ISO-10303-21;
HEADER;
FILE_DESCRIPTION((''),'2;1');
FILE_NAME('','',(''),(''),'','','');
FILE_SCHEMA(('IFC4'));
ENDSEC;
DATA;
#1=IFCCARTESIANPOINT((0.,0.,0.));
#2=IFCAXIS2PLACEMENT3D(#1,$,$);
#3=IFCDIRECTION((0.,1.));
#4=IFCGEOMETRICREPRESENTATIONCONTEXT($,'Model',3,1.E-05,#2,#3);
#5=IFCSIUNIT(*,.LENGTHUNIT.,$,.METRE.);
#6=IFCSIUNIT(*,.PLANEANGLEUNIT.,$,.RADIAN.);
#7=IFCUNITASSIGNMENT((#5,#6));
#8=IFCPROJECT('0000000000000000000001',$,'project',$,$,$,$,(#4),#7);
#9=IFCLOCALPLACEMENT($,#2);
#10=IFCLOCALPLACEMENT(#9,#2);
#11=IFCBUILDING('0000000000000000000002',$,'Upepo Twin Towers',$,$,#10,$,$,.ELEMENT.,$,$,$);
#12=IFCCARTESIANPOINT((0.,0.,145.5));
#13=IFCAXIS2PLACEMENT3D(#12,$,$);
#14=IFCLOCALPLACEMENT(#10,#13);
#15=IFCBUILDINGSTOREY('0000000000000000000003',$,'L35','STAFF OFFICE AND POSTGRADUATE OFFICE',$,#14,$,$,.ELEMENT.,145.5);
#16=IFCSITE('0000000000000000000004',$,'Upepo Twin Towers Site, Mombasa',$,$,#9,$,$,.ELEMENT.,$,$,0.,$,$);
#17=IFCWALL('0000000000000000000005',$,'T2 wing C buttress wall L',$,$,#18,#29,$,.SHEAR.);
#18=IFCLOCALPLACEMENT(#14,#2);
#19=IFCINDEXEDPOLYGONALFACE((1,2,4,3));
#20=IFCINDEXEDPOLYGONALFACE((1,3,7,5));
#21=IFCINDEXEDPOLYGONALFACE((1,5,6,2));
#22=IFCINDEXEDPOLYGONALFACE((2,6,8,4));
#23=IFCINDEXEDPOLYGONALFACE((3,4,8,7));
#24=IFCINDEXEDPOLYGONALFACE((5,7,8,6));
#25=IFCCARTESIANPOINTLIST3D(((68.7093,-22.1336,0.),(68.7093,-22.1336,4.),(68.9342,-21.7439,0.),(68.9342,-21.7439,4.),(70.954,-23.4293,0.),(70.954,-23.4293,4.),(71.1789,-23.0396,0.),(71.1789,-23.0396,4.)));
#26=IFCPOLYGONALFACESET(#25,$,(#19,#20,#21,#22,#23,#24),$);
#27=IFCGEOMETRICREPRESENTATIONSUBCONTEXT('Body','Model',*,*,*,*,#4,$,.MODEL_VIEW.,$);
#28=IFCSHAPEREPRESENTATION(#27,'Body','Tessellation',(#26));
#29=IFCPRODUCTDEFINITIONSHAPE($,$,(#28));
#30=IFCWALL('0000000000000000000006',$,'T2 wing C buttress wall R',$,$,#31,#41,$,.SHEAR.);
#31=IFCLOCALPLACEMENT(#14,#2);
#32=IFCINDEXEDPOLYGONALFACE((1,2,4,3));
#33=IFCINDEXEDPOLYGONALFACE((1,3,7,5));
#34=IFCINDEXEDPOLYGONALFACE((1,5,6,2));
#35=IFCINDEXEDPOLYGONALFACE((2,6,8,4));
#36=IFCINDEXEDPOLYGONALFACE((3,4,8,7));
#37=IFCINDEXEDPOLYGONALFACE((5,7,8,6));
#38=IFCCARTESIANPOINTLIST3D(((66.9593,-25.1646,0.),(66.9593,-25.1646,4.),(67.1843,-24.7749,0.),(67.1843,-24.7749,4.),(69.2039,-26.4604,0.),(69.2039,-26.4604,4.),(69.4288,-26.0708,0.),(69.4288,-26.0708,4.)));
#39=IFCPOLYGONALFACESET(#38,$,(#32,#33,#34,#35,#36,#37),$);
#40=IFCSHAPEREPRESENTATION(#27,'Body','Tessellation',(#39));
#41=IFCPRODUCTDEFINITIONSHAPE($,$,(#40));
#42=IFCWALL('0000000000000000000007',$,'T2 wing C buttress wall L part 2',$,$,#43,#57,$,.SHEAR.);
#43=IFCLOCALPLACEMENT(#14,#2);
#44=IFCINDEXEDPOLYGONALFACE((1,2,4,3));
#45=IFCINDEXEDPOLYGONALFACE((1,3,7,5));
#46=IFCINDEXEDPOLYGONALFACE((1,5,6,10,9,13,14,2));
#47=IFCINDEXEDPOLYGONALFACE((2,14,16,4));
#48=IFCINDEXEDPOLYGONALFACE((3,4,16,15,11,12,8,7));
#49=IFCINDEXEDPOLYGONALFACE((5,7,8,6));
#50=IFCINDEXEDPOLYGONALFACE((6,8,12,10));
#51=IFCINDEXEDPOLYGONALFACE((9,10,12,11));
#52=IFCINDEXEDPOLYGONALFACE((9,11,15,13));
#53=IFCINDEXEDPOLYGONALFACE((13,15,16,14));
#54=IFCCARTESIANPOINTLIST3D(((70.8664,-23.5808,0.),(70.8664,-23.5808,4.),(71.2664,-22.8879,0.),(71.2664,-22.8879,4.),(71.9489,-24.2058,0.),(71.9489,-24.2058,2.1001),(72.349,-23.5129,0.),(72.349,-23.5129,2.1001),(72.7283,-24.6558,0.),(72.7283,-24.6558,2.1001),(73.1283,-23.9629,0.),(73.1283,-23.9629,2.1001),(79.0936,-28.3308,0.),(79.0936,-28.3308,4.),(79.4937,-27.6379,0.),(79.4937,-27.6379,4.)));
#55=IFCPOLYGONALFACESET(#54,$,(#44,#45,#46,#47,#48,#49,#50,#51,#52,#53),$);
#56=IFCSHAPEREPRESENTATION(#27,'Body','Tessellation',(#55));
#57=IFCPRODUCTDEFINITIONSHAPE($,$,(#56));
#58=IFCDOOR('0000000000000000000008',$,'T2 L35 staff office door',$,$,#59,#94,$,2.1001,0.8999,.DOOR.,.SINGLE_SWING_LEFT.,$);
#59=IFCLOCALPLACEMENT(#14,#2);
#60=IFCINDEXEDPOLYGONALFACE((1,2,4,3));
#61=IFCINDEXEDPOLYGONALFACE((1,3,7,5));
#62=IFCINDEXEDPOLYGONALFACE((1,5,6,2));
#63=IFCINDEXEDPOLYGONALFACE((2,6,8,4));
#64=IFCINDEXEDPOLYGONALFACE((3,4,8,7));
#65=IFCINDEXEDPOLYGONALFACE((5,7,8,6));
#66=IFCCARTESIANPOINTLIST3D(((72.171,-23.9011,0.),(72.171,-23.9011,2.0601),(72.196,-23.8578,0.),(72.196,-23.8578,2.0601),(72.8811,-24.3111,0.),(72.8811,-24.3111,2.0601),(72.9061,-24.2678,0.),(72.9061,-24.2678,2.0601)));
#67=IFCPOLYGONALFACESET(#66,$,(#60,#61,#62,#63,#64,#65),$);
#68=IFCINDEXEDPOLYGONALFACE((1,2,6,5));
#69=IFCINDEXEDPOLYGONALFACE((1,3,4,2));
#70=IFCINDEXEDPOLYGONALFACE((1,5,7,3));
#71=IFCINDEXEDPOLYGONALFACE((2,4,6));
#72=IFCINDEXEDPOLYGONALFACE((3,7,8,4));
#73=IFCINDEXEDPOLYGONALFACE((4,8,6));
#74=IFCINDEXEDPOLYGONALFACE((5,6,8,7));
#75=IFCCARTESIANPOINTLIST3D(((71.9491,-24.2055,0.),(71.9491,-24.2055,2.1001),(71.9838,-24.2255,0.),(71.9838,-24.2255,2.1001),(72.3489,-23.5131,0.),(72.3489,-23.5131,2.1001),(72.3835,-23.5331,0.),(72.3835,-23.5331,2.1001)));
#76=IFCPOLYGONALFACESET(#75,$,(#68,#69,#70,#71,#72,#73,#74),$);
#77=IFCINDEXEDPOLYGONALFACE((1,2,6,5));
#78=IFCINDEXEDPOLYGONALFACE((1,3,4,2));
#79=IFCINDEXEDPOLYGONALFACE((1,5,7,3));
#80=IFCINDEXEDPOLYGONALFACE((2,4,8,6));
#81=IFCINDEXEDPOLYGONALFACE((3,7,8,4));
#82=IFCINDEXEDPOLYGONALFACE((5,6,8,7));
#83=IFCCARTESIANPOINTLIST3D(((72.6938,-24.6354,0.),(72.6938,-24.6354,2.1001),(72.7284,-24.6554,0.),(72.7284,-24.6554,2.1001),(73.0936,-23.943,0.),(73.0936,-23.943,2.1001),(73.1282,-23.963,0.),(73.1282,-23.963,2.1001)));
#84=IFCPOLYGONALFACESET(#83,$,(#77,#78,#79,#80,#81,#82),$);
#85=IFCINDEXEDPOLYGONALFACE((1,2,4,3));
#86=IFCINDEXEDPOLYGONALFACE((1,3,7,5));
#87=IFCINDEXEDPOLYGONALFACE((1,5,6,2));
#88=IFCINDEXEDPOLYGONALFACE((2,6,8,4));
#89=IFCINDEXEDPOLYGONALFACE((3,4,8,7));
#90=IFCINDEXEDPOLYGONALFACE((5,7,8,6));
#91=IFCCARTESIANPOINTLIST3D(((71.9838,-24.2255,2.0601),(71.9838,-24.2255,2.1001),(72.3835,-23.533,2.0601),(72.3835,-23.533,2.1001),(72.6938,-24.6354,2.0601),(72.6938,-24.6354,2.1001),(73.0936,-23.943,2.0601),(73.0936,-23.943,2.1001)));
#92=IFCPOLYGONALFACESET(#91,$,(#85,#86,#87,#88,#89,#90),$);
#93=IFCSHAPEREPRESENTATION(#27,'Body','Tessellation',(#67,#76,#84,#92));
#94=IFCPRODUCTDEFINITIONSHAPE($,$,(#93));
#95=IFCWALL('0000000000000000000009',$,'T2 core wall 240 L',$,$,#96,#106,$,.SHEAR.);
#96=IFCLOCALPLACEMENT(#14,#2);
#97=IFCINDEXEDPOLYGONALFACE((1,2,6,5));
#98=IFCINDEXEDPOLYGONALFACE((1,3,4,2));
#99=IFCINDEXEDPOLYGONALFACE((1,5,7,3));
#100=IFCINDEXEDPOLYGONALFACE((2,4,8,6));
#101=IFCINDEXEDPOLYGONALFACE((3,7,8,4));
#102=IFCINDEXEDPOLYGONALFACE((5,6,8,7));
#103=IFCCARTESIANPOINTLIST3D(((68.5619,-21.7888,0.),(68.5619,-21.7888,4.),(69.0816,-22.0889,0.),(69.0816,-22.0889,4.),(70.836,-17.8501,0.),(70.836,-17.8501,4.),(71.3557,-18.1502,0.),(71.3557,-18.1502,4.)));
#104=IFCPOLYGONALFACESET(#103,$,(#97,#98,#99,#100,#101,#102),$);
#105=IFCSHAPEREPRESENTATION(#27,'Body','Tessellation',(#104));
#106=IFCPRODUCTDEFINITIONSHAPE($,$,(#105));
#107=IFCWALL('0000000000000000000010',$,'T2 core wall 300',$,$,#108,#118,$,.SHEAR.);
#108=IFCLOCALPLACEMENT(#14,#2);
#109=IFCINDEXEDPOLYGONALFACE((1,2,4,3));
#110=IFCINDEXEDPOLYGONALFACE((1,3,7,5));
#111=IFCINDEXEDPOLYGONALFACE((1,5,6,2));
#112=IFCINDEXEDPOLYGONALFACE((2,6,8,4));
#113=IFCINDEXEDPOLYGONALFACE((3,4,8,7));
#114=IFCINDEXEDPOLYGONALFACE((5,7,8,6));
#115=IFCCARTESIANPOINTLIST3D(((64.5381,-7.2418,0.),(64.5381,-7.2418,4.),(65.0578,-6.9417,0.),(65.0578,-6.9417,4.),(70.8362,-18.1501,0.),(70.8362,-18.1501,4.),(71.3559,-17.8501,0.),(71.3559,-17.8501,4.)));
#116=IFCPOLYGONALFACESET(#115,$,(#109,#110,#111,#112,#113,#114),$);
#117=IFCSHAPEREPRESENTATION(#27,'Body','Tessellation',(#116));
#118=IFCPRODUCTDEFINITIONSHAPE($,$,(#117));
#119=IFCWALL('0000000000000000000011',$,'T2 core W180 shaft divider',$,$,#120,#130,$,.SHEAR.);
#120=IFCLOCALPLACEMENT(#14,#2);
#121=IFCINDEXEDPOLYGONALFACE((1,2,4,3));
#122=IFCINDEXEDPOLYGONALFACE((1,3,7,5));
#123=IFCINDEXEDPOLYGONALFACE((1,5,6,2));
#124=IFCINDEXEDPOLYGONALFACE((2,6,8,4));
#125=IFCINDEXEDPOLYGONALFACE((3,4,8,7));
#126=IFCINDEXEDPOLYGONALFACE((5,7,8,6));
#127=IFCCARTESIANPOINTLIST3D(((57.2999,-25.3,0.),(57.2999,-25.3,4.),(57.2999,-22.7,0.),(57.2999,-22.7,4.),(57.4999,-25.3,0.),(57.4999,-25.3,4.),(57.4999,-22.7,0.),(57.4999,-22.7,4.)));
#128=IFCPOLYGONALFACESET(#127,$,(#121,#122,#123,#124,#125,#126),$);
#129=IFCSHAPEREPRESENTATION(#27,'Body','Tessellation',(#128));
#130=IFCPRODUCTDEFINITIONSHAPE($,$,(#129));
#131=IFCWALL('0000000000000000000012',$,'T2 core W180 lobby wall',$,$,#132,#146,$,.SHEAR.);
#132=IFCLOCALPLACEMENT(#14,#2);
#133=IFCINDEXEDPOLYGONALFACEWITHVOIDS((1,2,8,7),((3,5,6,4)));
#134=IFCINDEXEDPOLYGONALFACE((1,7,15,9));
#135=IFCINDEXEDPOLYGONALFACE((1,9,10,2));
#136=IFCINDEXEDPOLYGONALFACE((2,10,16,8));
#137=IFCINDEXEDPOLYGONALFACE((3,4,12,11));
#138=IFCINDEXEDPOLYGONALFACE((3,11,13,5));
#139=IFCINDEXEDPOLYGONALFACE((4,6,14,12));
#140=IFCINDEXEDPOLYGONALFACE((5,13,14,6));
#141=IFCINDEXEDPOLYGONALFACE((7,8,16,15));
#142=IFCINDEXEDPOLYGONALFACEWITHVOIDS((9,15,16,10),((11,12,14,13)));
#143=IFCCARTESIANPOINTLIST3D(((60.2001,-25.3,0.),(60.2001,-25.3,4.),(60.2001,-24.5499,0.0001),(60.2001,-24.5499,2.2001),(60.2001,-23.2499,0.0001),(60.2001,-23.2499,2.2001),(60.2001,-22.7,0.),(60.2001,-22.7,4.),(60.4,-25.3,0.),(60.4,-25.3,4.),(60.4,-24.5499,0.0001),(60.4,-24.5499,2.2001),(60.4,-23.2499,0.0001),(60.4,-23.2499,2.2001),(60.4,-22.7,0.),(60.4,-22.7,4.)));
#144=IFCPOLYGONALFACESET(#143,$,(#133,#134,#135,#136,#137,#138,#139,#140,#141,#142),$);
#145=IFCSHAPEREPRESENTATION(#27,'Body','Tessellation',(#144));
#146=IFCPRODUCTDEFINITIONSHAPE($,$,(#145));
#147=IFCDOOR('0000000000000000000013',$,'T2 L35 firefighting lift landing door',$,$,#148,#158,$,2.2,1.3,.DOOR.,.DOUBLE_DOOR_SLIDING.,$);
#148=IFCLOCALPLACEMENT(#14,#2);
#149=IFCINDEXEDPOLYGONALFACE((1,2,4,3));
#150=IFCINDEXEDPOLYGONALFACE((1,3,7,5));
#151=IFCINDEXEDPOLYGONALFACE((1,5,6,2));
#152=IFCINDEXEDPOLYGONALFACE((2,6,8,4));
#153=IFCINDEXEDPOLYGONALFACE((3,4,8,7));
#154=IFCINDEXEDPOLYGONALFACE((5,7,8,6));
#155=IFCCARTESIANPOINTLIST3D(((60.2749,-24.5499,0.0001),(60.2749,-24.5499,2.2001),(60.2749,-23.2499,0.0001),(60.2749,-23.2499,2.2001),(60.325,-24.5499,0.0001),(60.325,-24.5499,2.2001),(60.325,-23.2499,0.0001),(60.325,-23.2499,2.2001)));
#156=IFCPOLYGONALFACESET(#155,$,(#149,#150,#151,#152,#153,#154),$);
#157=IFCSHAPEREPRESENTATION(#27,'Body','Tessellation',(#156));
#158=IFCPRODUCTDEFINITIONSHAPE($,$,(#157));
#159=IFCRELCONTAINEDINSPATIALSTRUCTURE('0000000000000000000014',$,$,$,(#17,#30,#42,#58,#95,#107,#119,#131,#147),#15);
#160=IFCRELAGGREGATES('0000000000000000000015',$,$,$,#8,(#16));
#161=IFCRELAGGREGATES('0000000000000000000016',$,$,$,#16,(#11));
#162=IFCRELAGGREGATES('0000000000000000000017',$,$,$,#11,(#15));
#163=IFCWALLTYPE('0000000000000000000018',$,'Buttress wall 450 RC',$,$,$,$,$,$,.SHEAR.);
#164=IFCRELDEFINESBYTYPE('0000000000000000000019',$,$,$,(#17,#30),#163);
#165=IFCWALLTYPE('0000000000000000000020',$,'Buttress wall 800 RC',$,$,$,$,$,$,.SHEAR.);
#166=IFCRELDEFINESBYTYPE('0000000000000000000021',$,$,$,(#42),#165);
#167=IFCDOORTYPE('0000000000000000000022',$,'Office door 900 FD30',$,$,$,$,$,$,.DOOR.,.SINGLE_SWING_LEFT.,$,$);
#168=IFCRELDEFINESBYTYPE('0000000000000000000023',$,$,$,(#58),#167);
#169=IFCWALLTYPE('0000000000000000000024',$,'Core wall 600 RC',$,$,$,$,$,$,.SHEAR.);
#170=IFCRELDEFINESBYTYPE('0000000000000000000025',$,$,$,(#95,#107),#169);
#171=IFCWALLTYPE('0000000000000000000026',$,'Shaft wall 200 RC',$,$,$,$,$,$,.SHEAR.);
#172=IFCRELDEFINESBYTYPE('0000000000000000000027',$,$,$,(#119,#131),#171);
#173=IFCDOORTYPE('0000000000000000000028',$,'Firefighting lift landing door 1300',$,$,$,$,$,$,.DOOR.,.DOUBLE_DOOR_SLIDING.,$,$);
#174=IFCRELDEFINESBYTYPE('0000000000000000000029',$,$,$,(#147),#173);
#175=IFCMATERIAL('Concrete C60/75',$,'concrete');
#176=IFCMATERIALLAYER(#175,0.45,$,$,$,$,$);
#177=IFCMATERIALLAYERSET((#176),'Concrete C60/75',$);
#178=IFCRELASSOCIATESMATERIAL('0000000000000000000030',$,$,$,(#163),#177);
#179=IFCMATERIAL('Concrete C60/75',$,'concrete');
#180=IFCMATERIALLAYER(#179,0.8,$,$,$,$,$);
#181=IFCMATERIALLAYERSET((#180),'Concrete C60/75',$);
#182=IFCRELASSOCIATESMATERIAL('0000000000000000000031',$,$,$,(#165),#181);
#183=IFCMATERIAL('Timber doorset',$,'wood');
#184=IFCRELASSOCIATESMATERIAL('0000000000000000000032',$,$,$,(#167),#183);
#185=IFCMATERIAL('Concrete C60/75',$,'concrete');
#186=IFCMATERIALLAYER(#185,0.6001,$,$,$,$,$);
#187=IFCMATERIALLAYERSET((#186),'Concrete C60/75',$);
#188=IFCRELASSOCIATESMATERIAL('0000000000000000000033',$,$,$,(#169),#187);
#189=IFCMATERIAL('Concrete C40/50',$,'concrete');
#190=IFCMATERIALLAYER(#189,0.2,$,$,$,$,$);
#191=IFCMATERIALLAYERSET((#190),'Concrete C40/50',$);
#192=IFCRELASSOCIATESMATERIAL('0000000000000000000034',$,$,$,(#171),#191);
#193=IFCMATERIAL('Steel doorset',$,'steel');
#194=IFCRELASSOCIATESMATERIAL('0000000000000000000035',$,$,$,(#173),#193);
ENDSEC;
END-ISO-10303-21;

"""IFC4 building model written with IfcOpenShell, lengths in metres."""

from ifc_helpers import new_model, si_unit, direction, frame, frame_2d, origin, place, context, subcontext, project, spatial, rectangle, extrude, material, layer, layer_set, type_object, element, fill, save


model = new_model("IFC4")

# Units and contexts
model_context = context("Model", 3, precision=1e-05, world=origin(), true_north=direction((0.0, 1.0)))
body_context = subcontext(model_context, "Body", "Model", "MODEL_VIEW")
ifc_project = project(units=[si_unit("LENGTHUNIT", "METRE"), si_unit("PLANEANGLEUNIT", "RADIAN")], contexts=[model_context])

# Site, building, storey
site_placement = place(None, origin())
site = spatial("IfcSite", under=ifc_project, at=site_placement, Name="Upepo Twin Towers Site, Mombasa", CompositionType="ELEMENT", RefElevation=0.0)
building_placement = place(site_placement, origin())
building = spatial("IfcBuilding", under=site, at=building_placement, Name="Upepo Twin Towers", CompositionType="ELEMENT")
storey_placement = place(building_placement, frame((0.0, 0.0, 145.5)))
storey = spatial("IfcBuildingStorey", under=building, at=storey_placement, Name="L35", Description="STAFF OFFICE AND POSTGRADUATE OFFICE", CompositionType="ELEMENT", Elevation=145.5)

# Walls
ifc_material_1 = material(Name="Concrete C60/75", Category="concrete")
ifc_layer_1 = layer(ifc_material_1, 0.45)
ifc_layer_set_1 = layer_set([ifc_layer_1], Name="Concrete C60/75")
wall_type_1 = type_object("IfcWallType", Name="Buttress wall 450 RC", PredefinedType="SHEAR", material=ifc_layer_set_1)
for number, where, z_axis, x_axis, name in (
    (1, (68.8218, -21.9387, 0.0), (0.0, 0.0, 1.0), (0.866073, -0.499918, 0.0), "T2 wing C buttress wall L"),
    (2, (67.0718, -24.9697, 0.0), (0.0, 0.0, 1.0), (0.866032, -0.499989, 0.0), "T2 wing C buttress wall R"),
):
    element("IfcWall", number, at=place(storey_placement, frame(where, z_axis=z_axis, x_axis=x_axis)), inside=storey, type_object=wall_type_1, Name=name, PredefinedType="SHEAR", context=body_context, shape_type="SweptSolid", body=[
        extrude(rectangle(XDim=2.5918, YDim=0.45, at=frame_2d((1.2959, 0.0))), origin(), (0.0, 0.0, 1.0), 4.0),
    ])

# Wall, opening, door
ifc_material_2 = material(Name="Concrete C60/75", Category="concrete")
ifc_layer_2 = layer(ifc_material_2, 0.8)
ifc_layer_set_2 = layer_set([ifc_layer_2], Name="Concrete C60/75")
wall_type_2 = type_object("IfcWallType", Name="Buttress wall 800 RC", PredefinedType="SHEAR", material=ifc_layer_set_2)
wall_1_placement = place(storey_placement, frame((71.0664, -23.2344, 0.0), z_axis=(0.0, 0.0, 1.0), x_axis=(0.866027, -0.499998, 0.0)))
wall_1 = element("IfcWall", 3, at=wall_1_placement, inside=storey, type_object=wall_type_2, Name="T2 wing C buttress wall L part 2", PredefinedType="SHEAR", context=body_context, shape_type="SweptSolid", body=[
    extrude(rectangle(XDim=9.5, YDim=0.8, at=frame_2d((4.75, 0.0))), origin(), (0.0, 0.0, 1.0), 4.0),
])
opening_1_placement = place(wall_1_placement, frame((1.25, 0.0, 0.0)))
opening_1 = element("IfcOpeningElement", 4, at=opening_1_placement, cuts=wall_1, PredefinedType="OPENING", context=body_context, shape_type="SweptSolid", body=[
    extrude(rectangle(XDim=0.8999, YDim=2.1001, at=frame_2d((0.45, 1.05))), frame((0.0, 0.4099, 0.0), z_axis=(0.0, -1.0, 0.0), x_axis=(1.0, 0.0, 0.0)), (0.0, 0.0, 1.0), 0.8201),
])
ifc_material_3 = material(Name="Timber doorset", Category="wood")
door_type_1 = type_object("IfcDoorType", Name="Office door 900 FD30", OperationType="SINGLE_SWING_LEFT", PredefinedType="DOOR", material=ifc_material_3)
door_1_placement = place(opening_1_placement, origin())
door_1 = element("IfcDoor", 5, at=door_1_placement, inside=storey, type_object=door_type_1, Name="T2 L35 staff office door", OperationType="SINGLE_SWING_LEFT", OverallHeight=2.1001, OverallWidth=0.8999, PredefinedType="DOOR", context=body_context, shape_type="SweptSolid", body=[
    extrude(rectangle(XDim=0.8199, YDim=2.0601, at=frame_2d((0.45, 1.03))), frame((0.0, 0.0249, 0.0), z_axis=(0.0, -1.0, 0.0), x_axis=(1.0, 0.0, 0.0)), (0.0, 0.0, 1.0), 0.05),
    extrude(rectangle(XDim=0.04, YDim=2.1001, at=frame_2d((0.02, 1.05))), frame((0.0, 0.3999, 0.0), z_axis=(0.0, -1.0, 0.0), x_axis=(1.0, 0.0, 0.0)), (0.0, 0.0, 1.0), 0.7996),
    extrude(rectangle(XDim=0.04, YDim=2.1001, at=frame_2d((0.8799, 1.05))), frame((0.0, 0.3999, 0.0), z_axis=(0.0, -1.0, 0.0), x_axis=(1.0, 0.0, 0.0)), (0.0, 0.0, 1.0), 0.7996),
    extrude(rectangle(XDim=0.8199, YDim=0.04, at=frame_2d((0.45, 2.0801))), frame((0.0, 0.3999, 0.0), z_axis=(0.0, -1.0, 0.0), x_axis=(1.0, 0.0, 0.0)), (0.0, 0.0, 1.0), 0.7996),
])
fill(opening_1, door_1)

# Walls
ifc_material_4 = material(Name="Concrete C60/75", Category="concrete")
ifc_layer_3 = layer(ifc_material_4, 0.6001)
ifc_layer_set_3 = layer_set([ifc_layer_3], Name="Concrete C60/75")
wall_type_3 = type_object("IfcWallType", Name="Core wall 600 RC", PredefinedType="SHEAR", material=ifc_layer_set_3)
wall_2_placement = place(storey_placement, frame((68.8218, -21.9387, 0.0), z_axis=(0.0, 0.0, 1.0), x_axis=(0.500024, 0.866011, 0.0)))
element("IfcWall", 6, at=wall_2_placement, inside=storey, type_object=wall_type_3, Name="T2 core wall 240 L", PredefinedType="SHEAR", context=body_context, shape_type="SweptSolid", body=[
    extrude(rectangle(XDim=4.5481, YDim=0.6001, at=frame_2d((2.2739, 0.0))), origin(), (0.0, 0.0, 1.0), 4.0),
])
wall_3_placement = place(storey_placement, frame((71.0959, -18.0, 0.0), z_axis=(0.0, 0.0, 1.0), x_axis=(-0.500006, 0.866022, 0.0)))
element("IfcWall", 7, at=wall_3_placement, inside=storey, type_object=wall_type_3, Name="T2 core wall 300", PredefinedType="SHEAR", context=body_context, shape_type="SweptSolid", body=[
    extrude(rectangle(XDim=12.5959, YDim=0.6001, at=frame_2d((6.2979, 0.0))), origin(), (0.0, 0.0, 1.0), 4.0),
])
ifc_material_5 = material(Name="Concrete C40/50", Category="concrete")
ifc_layer_4 = layer(ifc_material_5, 0.2)
ifc_layer_set_4 = layer_set([ifc_layer_4], Name="Concrete C40/50")
wall_type_4 = type_object("IfcWallType", Name="Shaft wall 200 RC", PredefinedType="SHEAR", material=ifc_layer_set_4)
wall_4_placement = place(storey_placement, frame((57.3999, -22.7, 0.0), z_axis=(0.0, 0.0, 1.0), x_axis=(0.0, -1.0, 0.0)))
element("IfcWall", 8, at=wall_4_placement, inside=storey, type_object=wall_type_4, Name="T2 core W180 shaft divider", PredefinedType="SHEAR", context=body_context, shape_type="SweptSolid", body=[
    extrude(rectangle(XDim=2.6001, YDim=0.2, at=frame_2d((1.3, 0.0))), origin(), (0.0, 0.0, 1.0), 4.0),
])

# Wall, opening, door
wall_5_placement = place(storey_placement, frame((60.3, -22.7, 0.0), z_axis=(0.0, 0.0, 1.0), x_axis=(0.0, -1.0, 0.0)))
wall_5 = element("IfcWall", 9, at=wall_5_placement, inside=storey, type_object=wall_type_4, Name="T2 core W180 lobby wall", PredefinedType="SHEAR", context=body_context, shape_type="SweptSolid", body=[
    extrude(rectangle(XDim=2.6001, YDim=0.2, at=frame_2d((1.3, 0.0))), origin(), (0.0, 0.0, 1.0), 4.0),
])
opening_2_placement = place(wall_5_placement, frame((0.55, 0.0, 0.0)))
opening_2 = element("IfcOpeningElement", 10, at=opening_2_placement, cuts=wall_5, PredefinedType="OPENING", context=body_context, shape_type="SweptSolid", body=[
    extrude(rectangle(XDim=1.3, YDim=2.2, at=frame_2d((0.6499, 1.1001))), frame((0.0, 0.1099, 0.0), z_axis=(0.0, -1.0, 0.0), x_axis=(1.0, 0.0, 0.0)), (0.0, 0.0, 1.0), 0.22),
])
ifc_material_6 = material(Name="Steel doorset", Category="steel")
door_type_2 = type_object("IfcDoorType", Name="Firefighting lift landing door 1300", OperationType="DOUBLE_DOOR_SLIDING", PredefinedType="DOOR", material=ifc_material_6)
door_2_placement = place(opening_2_placement, origin())
door_2 = element("IfcDoor", 11, at=door_2_placement, inside=storey, type_object=door_type_2, Name="T2 L35 firefighting lift landing door", OperationType="DOUBLE_DOOR_SLIDING", OverallHeight=2.2, OverallWidth=1.3, PredefinedType="DOOR", context=body_context, shape_type="SweptSolid", body=[
    extrude(rectangle(XDim=1.3, YDim=2.2, at=frame_2d((0.6499, 1.1001))), frame((0.0, 0.0249, 0.0), z_axis=(0.0, -1.0, 0.0), x_axis=(1.0, 0.0, 0.0)), (0.0, 0.0, 1.0), 0.05),
])
fill(opening_2, door_2)

save(model, "model.ifc")
